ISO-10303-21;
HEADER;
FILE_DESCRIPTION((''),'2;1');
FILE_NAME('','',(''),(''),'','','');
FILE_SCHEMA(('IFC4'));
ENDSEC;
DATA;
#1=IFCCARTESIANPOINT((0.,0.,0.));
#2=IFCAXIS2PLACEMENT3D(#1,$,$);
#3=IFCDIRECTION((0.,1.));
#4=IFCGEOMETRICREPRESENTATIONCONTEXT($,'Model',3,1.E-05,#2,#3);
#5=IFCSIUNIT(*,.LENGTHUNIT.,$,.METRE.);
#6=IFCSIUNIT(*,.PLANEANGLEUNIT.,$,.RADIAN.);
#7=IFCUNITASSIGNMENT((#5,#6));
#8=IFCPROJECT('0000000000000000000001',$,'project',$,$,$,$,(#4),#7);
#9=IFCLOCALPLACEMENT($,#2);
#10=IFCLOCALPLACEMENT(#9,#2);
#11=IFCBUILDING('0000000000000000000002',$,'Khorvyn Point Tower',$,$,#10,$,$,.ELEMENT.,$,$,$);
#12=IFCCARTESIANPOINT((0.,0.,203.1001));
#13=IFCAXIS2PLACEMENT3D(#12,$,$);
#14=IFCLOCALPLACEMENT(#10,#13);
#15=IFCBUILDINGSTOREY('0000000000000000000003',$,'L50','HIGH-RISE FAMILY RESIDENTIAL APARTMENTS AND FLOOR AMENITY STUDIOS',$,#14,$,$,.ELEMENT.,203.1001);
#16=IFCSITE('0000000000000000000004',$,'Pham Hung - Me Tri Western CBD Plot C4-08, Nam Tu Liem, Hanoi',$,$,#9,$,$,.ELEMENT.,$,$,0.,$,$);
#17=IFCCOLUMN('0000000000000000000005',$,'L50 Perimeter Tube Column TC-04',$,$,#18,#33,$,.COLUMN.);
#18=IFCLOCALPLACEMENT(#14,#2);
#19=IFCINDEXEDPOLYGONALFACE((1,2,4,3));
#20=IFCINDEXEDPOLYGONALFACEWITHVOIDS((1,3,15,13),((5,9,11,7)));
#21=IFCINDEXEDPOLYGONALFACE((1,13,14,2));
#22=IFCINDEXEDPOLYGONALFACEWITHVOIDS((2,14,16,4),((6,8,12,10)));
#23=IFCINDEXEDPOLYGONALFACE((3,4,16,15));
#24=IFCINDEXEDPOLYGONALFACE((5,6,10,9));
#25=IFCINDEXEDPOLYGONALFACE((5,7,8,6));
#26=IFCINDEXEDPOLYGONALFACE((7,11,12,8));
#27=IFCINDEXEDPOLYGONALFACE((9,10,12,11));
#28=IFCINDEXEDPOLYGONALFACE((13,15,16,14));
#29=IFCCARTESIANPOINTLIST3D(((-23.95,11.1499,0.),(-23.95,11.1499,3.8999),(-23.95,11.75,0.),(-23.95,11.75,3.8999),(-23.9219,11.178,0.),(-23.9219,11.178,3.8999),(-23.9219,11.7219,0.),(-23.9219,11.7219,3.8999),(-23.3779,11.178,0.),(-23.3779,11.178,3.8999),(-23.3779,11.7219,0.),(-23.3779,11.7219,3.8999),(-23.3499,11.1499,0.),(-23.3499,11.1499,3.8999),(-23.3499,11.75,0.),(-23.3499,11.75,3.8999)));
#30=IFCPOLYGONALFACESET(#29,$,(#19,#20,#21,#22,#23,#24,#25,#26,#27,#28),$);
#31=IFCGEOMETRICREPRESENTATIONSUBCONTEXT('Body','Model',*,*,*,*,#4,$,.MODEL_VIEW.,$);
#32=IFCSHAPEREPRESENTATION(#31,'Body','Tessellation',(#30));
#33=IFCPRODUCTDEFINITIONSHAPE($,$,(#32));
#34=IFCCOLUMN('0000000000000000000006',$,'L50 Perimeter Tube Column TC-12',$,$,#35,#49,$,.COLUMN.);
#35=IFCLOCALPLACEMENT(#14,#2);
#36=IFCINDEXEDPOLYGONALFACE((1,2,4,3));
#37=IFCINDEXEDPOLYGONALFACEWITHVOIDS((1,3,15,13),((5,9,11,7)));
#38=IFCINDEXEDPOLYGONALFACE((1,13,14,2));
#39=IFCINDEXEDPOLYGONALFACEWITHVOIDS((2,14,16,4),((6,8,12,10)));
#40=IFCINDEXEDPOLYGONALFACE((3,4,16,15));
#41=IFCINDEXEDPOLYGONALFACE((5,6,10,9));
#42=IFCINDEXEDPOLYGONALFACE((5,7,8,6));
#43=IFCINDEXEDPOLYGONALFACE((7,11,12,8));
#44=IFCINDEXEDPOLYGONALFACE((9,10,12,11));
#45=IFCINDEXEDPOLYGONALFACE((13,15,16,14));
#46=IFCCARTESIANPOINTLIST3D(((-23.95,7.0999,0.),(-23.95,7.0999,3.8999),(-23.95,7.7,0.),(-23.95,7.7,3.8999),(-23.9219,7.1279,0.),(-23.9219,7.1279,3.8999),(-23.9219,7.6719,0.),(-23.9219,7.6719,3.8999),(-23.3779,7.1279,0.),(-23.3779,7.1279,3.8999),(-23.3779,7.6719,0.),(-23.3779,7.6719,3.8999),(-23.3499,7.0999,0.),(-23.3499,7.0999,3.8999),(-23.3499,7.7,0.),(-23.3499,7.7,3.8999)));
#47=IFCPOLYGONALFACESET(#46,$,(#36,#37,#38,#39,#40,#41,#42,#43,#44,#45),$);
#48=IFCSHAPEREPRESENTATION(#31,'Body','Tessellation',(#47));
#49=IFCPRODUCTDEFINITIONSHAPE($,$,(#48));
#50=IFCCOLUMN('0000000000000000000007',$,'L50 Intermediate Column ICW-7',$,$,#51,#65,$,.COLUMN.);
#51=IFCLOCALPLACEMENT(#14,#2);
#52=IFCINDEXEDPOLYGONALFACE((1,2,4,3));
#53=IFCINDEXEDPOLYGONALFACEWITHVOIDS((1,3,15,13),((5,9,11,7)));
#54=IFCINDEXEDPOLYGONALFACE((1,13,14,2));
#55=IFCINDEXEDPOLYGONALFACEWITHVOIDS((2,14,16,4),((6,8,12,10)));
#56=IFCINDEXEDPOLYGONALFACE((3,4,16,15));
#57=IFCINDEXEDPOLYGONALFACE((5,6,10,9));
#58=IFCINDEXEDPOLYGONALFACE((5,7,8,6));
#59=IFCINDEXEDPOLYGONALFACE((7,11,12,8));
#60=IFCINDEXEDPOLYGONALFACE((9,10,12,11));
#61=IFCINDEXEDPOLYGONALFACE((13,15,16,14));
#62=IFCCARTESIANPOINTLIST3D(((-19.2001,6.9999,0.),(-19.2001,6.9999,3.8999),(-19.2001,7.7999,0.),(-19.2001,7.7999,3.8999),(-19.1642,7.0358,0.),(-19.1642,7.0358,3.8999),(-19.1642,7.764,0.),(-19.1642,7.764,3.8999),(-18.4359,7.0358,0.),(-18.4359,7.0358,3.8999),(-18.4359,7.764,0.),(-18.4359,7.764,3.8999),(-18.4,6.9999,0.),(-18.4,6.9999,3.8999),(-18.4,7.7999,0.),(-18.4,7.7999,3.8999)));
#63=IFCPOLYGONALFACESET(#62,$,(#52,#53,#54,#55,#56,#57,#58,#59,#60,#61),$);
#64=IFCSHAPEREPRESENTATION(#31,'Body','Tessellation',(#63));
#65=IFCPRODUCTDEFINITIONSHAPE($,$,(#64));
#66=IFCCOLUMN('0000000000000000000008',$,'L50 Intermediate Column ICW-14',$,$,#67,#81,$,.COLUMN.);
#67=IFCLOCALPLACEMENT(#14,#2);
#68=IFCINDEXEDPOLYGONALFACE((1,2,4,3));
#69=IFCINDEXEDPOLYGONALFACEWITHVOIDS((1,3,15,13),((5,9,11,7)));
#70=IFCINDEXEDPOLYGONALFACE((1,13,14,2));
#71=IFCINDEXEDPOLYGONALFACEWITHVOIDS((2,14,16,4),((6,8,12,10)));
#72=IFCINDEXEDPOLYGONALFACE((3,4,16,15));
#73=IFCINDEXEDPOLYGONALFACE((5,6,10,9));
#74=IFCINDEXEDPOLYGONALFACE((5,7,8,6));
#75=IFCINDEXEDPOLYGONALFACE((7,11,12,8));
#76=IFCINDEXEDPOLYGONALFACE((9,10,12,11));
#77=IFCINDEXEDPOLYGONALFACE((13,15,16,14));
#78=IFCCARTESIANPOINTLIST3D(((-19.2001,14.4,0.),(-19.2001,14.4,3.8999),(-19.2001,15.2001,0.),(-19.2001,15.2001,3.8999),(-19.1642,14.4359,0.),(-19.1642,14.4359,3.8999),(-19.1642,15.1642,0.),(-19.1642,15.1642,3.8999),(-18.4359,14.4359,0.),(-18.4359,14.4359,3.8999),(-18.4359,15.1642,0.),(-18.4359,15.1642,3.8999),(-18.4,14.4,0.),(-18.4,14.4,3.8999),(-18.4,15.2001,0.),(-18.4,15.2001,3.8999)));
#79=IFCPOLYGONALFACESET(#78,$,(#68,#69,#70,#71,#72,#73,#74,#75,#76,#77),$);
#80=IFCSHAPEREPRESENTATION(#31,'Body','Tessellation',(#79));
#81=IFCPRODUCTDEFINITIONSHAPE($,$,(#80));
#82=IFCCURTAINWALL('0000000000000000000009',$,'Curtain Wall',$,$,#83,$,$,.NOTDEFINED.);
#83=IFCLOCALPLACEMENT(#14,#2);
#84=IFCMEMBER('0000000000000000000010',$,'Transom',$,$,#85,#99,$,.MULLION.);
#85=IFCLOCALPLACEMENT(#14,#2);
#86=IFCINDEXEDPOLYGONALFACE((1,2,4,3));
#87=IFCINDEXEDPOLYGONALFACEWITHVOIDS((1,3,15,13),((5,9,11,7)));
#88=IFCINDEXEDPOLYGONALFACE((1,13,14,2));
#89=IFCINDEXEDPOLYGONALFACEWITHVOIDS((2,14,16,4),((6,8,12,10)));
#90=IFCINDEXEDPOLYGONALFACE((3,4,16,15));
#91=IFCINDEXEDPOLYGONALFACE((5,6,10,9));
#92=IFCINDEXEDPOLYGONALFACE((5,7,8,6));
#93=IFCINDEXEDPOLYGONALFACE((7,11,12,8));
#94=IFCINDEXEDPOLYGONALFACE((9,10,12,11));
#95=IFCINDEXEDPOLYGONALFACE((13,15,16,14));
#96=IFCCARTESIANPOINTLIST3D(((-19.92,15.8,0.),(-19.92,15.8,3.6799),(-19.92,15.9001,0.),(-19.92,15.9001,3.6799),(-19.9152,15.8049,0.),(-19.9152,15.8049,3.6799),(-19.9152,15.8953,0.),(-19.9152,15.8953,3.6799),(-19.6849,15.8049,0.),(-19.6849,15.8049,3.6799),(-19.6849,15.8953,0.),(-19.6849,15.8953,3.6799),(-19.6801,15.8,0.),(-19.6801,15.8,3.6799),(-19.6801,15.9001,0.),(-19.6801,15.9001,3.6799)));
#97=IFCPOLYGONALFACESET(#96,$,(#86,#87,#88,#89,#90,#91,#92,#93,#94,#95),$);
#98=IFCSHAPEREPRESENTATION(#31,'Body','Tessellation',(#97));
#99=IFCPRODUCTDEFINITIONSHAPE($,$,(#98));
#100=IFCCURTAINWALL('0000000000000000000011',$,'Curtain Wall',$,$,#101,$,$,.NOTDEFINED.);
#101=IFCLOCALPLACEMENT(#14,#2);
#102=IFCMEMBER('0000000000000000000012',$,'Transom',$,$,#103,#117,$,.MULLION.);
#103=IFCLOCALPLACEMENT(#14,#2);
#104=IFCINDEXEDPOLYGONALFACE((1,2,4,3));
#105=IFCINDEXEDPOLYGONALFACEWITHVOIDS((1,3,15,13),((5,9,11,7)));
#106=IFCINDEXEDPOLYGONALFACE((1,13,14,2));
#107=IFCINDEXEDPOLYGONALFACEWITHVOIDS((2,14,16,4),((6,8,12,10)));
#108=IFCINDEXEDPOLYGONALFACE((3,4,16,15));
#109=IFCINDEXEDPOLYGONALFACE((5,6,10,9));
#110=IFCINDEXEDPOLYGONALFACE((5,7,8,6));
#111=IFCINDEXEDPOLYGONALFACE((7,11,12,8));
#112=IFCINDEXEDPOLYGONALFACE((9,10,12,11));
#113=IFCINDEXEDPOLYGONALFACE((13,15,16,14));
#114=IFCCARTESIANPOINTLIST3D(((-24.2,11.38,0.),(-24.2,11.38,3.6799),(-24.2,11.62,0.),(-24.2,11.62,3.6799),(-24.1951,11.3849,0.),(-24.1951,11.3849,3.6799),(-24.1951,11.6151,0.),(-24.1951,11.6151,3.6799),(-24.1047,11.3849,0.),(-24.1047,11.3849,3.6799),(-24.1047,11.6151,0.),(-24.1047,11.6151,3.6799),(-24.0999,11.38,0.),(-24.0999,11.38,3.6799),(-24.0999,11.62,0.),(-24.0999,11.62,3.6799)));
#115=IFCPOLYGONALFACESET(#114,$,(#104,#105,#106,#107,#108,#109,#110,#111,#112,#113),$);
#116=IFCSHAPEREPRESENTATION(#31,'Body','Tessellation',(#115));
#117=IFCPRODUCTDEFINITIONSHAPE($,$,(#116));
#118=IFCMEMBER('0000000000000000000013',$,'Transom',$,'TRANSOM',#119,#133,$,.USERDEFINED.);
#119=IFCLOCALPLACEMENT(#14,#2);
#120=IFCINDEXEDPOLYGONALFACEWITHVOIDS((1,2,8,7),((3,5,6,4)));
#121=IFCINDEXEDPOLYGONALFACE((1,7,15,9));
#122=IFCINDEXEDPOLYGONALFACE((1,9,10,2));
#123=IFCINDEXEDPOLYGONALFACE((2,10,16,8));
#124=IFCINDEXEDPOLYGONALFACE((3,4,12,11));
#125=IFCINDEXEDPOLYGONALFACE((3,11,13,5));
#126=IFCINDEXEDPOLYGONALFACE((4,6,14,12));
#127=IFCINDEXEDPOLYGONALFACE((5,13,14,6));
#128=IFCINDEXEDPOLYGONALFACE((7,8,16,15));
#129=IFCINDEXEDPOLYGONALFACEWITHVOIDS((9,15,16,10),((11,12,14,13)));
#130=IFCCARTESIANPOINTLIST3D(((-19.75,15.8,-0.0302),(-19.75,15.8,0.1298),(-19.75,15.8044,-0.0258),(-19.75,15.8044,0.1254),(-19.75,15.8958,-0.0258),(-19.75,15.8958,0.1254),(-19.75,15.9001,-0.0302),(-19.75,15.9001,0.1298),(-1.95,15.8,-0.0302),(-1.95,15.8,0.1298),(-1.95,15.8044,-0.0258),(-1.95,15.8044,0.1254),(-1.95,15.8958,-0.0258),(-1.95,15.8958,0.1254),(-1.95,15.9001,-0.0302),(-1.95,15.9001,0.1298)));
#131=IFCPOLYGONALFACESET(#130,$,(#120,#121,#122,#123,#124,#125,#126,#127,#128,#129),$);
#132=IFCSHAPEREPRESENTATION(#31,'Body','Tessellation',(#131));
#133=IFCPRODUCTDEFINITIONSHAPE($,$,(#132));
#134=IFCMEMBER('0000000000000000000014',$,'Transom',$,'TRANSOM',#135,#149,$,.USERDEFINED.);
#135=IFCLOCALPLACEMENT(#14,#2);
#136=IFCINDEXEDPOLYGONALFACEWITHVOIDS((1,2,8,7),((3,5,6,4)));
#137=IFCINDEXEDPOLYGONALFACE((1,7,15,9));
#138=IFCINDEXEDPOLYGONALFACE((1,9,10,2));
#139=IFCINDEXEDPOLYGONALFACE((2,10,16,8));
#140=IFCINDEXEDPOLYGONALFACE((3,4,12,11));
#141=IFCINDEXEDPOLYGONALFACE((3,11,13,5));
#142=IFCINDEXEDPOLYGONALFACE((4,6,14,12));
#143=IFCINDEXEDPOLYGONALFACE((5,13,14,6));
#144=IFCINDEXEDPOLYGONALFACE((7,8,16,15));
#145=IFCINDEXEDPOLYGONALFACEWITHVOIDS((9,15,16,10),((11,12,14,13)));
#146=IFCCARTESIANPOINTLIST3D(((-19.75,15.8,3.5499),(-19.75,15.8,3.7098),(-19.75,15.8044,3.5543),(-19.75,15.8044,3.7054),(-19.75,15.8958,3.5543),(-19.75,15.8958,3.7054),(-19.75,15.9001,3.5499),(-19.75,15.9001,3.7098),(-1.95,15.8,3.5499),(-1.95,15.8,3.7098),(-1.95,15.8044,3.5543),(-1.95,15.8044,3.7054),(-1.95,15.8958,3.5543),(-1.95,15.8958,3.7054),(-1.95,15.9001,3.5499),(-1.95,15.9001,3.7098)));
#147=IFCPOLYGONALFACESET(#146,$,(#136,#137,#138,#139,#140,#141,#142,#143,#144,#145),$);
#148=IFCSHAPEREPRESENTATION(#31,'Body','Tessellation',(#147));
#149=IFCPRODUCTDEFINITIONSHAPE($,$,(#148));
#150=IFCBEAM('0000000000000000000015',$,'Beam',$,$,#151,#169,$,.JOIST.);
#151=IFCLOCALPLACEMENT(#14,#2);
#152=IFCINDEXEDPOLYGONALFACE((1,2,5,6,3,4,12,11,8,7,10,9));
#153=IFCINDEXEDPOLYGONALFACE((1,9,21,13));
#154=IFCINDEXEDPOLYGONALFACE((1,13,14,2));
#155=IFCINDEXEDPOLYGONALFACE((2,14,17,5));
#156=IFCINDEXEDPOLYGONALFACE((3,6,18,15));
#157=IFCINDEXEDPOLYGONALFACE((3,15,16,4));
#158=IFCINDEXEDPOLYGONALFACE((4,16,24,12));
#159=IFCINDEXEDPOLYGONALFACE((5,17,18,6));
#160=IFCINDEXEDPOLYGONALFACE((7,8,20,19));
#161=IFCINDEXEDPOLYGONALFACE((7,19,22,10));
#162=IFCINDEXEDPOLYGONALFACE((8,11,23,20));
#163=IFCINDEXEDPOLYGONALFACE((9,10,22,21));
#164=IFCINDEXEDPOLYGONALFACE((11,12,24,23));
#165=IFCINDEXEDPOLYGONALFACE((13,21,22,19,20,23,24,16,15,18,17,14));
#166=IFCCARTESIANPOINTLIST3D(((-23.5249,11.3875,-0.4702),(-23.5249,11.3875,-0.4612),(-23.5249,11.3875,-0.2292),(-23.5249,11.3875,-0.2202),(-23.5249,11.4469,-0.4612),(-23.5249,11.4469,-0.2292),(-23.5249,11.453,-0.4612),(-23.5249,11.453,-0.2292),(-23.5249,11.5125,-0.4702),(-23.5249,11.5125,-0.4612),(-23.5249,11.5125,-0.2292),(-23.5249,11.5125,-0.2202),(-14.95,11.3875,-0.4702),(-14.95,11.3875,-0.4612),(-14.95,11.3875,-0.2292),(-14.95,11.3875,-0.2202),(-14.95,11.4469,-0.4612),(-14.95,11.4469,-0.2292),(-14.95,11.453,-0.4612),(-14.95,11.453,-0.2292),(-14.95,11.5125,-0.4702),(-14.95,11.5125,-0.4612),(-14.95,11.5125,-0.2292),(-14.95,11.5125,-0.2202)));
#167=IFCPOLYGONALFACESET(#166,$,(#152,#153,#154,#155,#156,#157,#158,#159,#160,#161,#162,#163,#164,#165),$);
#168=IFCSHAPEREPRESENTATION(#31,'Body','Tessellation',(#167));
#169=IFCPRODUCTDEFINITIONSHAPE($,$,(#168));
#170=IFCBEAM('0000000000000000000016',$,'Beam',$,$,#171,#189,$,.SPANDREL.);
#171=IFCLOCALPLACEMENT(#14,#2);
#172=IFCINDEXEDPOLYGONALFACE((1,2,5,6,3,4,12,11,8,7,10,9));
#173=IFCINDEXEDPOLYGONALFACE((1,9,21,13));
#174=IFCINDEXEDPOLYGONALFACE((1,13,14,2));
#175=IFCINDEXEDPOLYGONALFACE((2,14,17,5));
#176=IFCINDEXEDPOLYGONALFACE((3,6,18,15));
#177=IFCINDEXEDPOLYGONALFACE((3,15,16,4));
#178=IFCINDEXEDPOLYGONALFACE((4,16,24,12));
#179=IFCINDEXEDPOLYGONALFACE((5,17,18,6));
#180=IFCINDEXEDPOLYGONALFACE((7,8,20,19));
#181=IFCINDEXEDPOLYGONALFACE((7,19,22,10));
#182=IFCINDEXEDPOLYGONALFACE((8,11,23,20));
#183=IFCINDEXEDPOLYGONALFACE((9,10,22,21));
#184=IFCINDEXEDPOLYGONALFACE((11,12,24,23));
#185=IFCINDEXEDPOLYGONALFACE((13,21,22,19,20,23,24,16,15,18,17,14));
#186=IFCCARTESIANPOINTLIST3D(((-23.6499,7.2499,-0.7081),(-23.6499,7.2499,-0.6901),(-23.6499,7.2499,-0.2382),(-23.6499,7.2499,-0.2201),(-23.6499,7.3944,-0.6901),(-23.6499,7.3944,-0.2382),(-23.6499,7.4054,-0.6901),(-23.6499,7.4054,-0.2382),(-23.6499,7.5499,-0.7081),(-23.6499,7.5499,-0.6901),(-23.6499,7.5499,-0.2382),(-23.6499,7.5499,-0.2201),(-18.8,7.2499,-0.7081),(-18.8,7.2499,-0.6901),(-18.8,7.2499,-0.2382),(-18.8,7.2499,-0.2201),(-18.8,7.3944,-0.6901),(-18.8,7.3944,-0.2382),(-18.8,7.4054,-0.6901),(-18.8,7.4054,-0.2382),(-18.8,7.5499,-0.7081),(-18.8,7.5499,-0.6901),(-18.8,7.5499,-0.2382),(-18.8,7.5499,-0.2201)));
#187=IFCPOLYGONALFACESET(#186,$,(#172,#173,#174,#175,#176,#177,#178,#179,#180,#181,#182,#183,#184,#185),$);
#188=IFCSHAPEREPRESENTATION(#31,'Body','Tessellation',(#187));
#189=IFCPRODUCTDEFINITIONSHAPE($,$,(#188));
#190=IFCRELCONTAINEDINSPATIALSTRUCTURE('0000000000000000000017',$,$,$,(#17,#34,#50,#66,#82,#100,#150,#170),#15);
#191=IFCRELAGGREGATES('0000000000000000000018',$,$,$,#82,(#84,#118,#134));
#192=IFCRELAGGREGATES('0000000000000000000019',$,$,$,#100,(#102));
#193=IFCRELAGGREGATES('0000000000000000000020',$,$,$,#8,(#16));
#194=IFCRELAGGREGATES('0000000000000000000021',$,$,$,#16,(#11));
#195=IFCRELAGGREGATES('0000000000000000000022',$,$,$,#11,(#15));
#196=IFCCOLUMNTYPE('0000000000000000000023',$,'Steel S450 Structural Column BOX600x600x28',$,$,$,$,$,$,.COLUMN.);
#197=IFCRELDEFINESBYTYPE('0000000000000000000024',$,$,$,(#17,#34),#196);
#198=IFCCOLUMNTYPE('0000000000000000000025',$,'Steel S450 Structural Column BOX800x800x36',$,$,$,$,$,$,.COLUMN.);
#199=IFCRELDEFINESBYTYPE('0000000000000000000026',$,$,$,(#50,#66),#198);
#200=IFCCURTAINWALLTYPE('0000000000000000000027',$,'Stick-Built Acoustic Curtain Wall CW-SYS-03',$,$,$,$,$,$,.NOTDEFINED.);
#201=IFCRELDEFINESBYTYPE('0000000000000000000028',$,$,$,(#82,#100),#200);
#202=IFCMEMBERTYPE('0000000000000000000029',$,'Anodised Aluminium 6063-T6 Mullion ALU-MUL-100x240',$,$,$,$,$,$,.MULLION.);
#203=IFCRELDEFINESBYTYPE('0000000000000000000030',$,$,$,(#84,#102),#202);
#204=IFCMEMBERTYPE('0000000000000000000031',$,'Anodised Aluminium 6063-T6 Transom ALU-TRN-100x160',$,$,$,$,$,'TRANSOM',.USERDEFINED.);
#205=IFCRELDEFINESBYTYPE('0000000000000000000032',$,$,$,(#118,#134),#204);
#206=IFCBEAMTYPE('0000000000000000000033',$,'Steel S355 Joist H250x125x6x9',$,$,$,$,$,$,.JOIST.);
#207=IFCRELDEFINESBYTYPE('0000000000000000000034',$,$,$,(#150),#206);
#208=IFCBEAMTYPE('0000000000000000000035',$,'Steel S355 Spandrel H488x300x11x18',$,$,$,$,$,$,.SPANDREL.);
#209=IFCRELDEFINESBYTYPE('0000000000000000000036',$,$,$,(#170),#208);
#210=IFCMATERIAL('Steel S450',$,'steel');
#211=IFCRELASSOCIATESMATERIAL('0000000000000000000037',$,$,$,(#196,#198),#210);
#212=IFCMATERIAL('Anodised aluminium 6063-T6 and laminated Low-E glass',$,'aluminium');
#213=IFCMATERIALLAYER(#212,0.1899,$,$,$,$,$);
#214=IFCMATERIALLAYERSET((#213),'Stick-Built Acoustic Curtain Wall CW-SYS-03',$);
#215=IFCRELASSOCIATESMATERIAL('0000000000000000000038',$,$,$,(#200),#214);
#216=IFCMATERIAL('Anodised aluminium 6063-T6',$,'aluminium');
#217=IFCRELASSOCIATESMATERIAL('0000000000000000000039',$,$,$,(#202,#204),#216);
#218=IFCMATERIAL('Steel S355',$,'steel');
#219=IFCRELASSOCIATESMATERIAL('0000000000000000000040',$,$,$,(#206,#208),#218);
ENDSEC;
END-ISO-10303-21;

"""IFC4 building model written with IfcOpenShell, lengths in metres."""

from ifc_helpers import new_model, si_unit, direction, frame, origin, origin_2d, place, context, subcontext, project, spatial, hollow_rectangle, i_section, extrude, material, layer, layer_set, material_profile, profile_set, type_object, element, aggregate, save


model = new_model("IFC4")

# Units and contexts
model_context = context("Model", 3, precision=1e-05, world=origin(), true_north=direction((0.0, 1.0)))
body_context = subcontext(model_context, "Body", "Model", "MODEL_VIEW")
ifc_project = project(units=[si_unit("LENGTHUNIT", "METRE"), si_unit("PLANEANGLEUNIT", "RADIAN")], contexts=[model_context])

# Site, building, storey
site_placement = place(None, origin())
site = spatial("IfcSite", under=ifc_project, at=site_placement, Name="Pham Hung - Me Tri Western CBD Plot C4-08, Nam Tu Liem, Hanoi", CompositionType="ELEMENT", RefElevation=0.0)
building_placement = place(site_placement, origin())
building = spatial("IfcBuilding", under=site, at=building_placement, Name="Khorvyn Point Tower", CompositionType="ELEMENT")
storey_placement = place(building_placement, frame((0.0, 0.0, 203.1001)))
storey = spatial("IfcBuildingStorey", under=building, at=storey_placement, Name="L50", Description="HIGH-RISE FAMILY RESIDENTIAL APARTMENTS AND FLOOR AMENITY STUDIOS", CompositionType="ELEMENT", Elevation=203.1001)

# Columns
ifc_material_1 = material(Name="Steel S450", Category="steel")
ifc_material_profile_1 = material_profile(ifc_material_1, hollow_rectangle(XDim=0.6001, YDim=0.6001, WallThickness=0.0281, at=origin_2d()))
ifc_profile_set_1 = profile_set([ifc_material_profile_1], Name="Steel S450 BOX600x600x28")
column_type_1 = type_object("IfcColumnType", Name="Steel S450 Structural Column BOX600x600x28", PredefinedType="COLUMN", material=ifc_profile_set_1)
for number, where, z_axis, x_axis, name in (
    (1, (-23.6499, 11.45, 0.0), (0.0, 0.0, 1.0), (1.0, 0.0, 0.0), "L50 Perimeter Tube Column TC-04"),
    (2, (-23.6499, 7.3999, 0.0), (0.0, 0.0, 1.0), (1.0, 0.0, 0.0), "L50 Perimeter Tube Column TC-12"),
):
    element("IfcColumn", number, at=place(storey_placement, frame(where, z_axis=z_axis, x_axis=x_axis)), inside=storey, type_object=column_type_1, Name=name, PredefinedType="COLUMN", context=body_context, shape_type="SweptSolid", body=[
        extrude(hollow_rectangle(XDim=0.6001, YDim=0.6001, WallThickness=0.0281, at=origin_2d()), origin(), (0.0, 0.0, 1.0), 3.8999),
    ])
ifc_material_profile_2 = material_profile(ifc_material_1, hollow_rectangle(XDim=0.8, YDim=0.8, WallThickness=0.0359, at=origin_2d()))
ifc_profile_set_2 = profile_set([ifc_material_profile_2], Name="Steel S450 BOX800x800x36")
column_type_2 = type_object("IfcColumnType", Name="Steel S450 Structural Column BOX800x800x36", PredefinedType="COLUMN", material=ifc_profile_set_2)
for number, where, z_axis, x_axis, name in (
    (3, (-18.8, 7.3999, 0.0), (0.0, 0.0, 1.0), (1.0, 0.0, 0.0), "L50 Intermediate Column ICW-7"),
    (4, (-18.8, 14.8, 0.0), (0.0, 0.0, 1.0), (1.0, 0.0, 0.0), "L50 Intermediate Column ICW-14"),
):
    element("IfcColumn", number, at=place(storey_placement, frame(where, z_axis=z_axis, x_axis=x_axis)), inside=storey, type_object=column_type_2, Name=name, PredefinedType="COLUMN", context=body_context, shape_type="SweptSolid", body=[
        extrude(hollow_rectangle(XDim=0.8, YDim=0.8, WallThickness=0.0359, at=origin_2d()), origin(), (0.0, 0.0, 1.0), 3.8999),
    ])

# Curtain walls, members
ifc_material_2 = material(Name="Anodised aluminium 6063-T6 and laminated Low-E glass", Category="aluminium")
ifc_layer_1 = layer(ifc_material_2, 0.1899)
ifc_layer_set_1 = layer_set([ifc_layer_1], Name="Stick-Built Acoustic Curtain Wall CW-SYS-03")
curtain_wall_type = type_object("IfcCurtainWallType", Name="Stick-Built Acoustic Curtain Wall CW-SYS-03", PredefinedType="NOTDEFINED", material=ifc_layer_set_1)
curtain_wall_1_placement = place(storey_placement, origin())
curtain_wall_1 = element("IfcCurtainWall", 5, at=curtain_wall_1_placement, inside=storey, type_object=curtain_wall_type, Name="Curtain Wall", PredefinedType="NOTDEFINED")
ifc_material_3 = material(Name="Anodised aluminium 6063-T6", Category="aluminium")
ifc_material_profile_3 = material_profile(ifc_material_3, hollow_rectangle(XDim=0.1001, YDim=0.24, WallThickness=0.0049, at=origin_2d()))
ifc_profile_set_3 = profile_set([ifc_material_profile_3], Name="Anodised aluminium 6063-T6 ALU-MUL-100x240")
member_type_1 = type_object("IfcMemberType", Name="Anodised Aluminium 6063-T6 Mullion ALU-MUL-100x240", PredefinedType="MULLION", material=ifc_profile_set_3)
member_1_placement = place(storey_placement, frame((-19.8, 15.8501, 0.0), z_axis=(0.0, 0.0, 1.0), x_axis=(0.0, 1.0, 0.0)))
member_1 = element("IfcMember", 6, at=member_1_placement, type_object=member_type_1, Name="Transom", PredefinedType="MULLION", context=body_context, shape_type="SweptSolid", body=[
    extrude(hollow_rectangle(XDim=0.1001, YDim=0.24, WallThickness=0.0049, at=origin_2d()), origin(), (0.0, 0.0, 1.0), 3.6799),
])
curtain_wall_2_placement = place(storey_placement, origin())
curtain_wall_2 = element("IfcCurtainWall", 7, at=curtain_wall_2_placement, inside=storey, type_object=curtain_wall_type, Name="Curtain Wall", PredefinedType="NOTDEFINED")
member_2_placement = place(storey_placement, frame((-24.1499, 11.5, 0.0), z_axis=(0.0, 0.0, 1.0), x_axis=(-1.0, 0.0, 0.0)))
member_2 = element("IfcMember", 8, at=member_2_placement, type_object=member_type_1, Name="Transom", PredefinedType="MULLION", context=body_context, shape_type="SweptSolid", body=[
    extrude(hollow_rectangle(XDim=0.1001, YDim=0.24, WallThickness=0.0049, at=origin_2d()), origin(), (0.0, 0.0, 1.0), 3.6799),
])

# Members
ifc_material_profile_4 = material_profile(ifc_material_3, hollow_rectangle(XDim=0.1001, YDim=0.1599, WallThickness=0.0044, at=origin_2d()))
ifc_profile_set_4 = profile_set([ifc_material_profile_4], Name="Anodised aluminium 6063-T6 ALU-TRN-100x160")
member_type_2 = type_object("IfcMemberType", Name="Anodised Aluminium 6063-T6 Transom ALU-TRN-100x160", ElementType="TRANSOM", PredefinedType="USERDEFINED", material=ifc_profile_set_4)
member_3_placement = place(storey_placement, frame((-19.75, 15.8501, 0.0498), z_axis=(1.0, 0.0, 0.0), x_axis=(0.0, 1.0, 0.0)))
member_3 = element("IfcMember", 9, at=member_3_placement, type_object=member_type_2, Name="Transom", ObjectType="TRANSOM", PredefinedType="USERDEFINED", context=body_context, shape_type="SweptSolid", body=[
    extrude(hollow_rectangle(XDim=0.1001, YDim=0.1599, WallThickness=0.0044, at=origin_2d()), origin(), (0.0, 0.0, 1.0), 17.8),
])
member_4_placement = place(storey_placement, frame((-19.75, 15.8501, 3.6299), z_axis=(1.0, 0.0, 0.0), x_axis=(0.0, 1.0, 0.0)))
member_4 = element("IfcMember", 10, at=member_4_placement, type_object=member_type_2, Name="Transom", ObjectType="TRANSOM", PredefinedType="USERDEFINED", context=body_context, shape_type="SweptSolid", body=[
    extrude(hollow_rectangle(XDim=0.1001, YDim=0.1599, WallThickness=0.0044, at=origin_2d()), origin(), (0.0, 0.0, 1.0), 17.8),
])
aggregate(curtain_wall_1, [member_1, member_3, member_4])

# Beams
ifc_material_4 = material(Name="Steel S355", Category="steel")
ifc_material_profile_5 = material_profile(ifc_material_4, i_section(OverallWidth=0.125, OverallDepth=0.25, WebThickness=0.0061, FlangeThickness=0.009, at=origin_2d()))
ifc_profile_set_5 = profile_set([ifc_material_profile_5], Name="Steel S355 H250x125x6x9")
beam_type_1 = type_object("IfcBeamType", Name="Steel S355 Joist H250x125x6x9", PredefinedType="JOIST", material=ifc_profile_set_5)
beam_1_placement = place(storey_placement, frame((-23.5249, 11.45, -0.3452), z_axis=(1.0, 0.0, 0.0), x_axis=(0.0, 1.0, 0.0)))
element("IfcBeam", 11, at=beam_1_placement, inside=storey, type_object=beam_type_1, Name="Beam", PredefinedType="JOIST", context=body_context, shape_type="SweptSolid", body=[
    extrude(i_section(OverallWidth=0.125, OverallDepth=0.25, WebThickness=0.0061, FlangeThickness=0.009, at=origin_2d()), origin(), (0.0, 0.0, 1.0), 8.575),
])
ifc_material_profile_6 = material_profile(ifc_material_4, i_section(OverallWidth=0.3, OverallDepth=0.488, WebThickness=0.011, FlangeThickness=0.0181, at=origin_2d()))
ifc_profile_set_6 = profile_set([ifc_material_profile_6], Name="Steel S355 H488x300x11x18")
beam_type_2 = type_object("IfcBeamType", Name="Steel S355 Spandrel H488x300x11x18", PredefinedType="SPANDREL", material=ifc_profile_set_6)
beam_2_placement = place(storey_placement, frame((-23.6499, 7.3999, -0.4641), z_axis=(1.0, 0.0, 0.0), x_axis=(0.0, 1.0, 0.0)))
element("IfcBeam", 12, at=beam_2_placement, inside=storey, type_object=beam_type_2, Name="Beam", PredefinedType="SPANDREL", context=body_context, shape_type="SweptSolid", body=[
    extrude(i_section(OverallWidth=0.3, OverallDepth=0.488, WebThickness=0.011, FlangeThickness=0.0181, at=origin_2d()), origin(), (0.0, 0.0, 1.0), 4.8499),
])

aggregate(curtain_wall_2, [member_2])

save(model, "model.ifc")
